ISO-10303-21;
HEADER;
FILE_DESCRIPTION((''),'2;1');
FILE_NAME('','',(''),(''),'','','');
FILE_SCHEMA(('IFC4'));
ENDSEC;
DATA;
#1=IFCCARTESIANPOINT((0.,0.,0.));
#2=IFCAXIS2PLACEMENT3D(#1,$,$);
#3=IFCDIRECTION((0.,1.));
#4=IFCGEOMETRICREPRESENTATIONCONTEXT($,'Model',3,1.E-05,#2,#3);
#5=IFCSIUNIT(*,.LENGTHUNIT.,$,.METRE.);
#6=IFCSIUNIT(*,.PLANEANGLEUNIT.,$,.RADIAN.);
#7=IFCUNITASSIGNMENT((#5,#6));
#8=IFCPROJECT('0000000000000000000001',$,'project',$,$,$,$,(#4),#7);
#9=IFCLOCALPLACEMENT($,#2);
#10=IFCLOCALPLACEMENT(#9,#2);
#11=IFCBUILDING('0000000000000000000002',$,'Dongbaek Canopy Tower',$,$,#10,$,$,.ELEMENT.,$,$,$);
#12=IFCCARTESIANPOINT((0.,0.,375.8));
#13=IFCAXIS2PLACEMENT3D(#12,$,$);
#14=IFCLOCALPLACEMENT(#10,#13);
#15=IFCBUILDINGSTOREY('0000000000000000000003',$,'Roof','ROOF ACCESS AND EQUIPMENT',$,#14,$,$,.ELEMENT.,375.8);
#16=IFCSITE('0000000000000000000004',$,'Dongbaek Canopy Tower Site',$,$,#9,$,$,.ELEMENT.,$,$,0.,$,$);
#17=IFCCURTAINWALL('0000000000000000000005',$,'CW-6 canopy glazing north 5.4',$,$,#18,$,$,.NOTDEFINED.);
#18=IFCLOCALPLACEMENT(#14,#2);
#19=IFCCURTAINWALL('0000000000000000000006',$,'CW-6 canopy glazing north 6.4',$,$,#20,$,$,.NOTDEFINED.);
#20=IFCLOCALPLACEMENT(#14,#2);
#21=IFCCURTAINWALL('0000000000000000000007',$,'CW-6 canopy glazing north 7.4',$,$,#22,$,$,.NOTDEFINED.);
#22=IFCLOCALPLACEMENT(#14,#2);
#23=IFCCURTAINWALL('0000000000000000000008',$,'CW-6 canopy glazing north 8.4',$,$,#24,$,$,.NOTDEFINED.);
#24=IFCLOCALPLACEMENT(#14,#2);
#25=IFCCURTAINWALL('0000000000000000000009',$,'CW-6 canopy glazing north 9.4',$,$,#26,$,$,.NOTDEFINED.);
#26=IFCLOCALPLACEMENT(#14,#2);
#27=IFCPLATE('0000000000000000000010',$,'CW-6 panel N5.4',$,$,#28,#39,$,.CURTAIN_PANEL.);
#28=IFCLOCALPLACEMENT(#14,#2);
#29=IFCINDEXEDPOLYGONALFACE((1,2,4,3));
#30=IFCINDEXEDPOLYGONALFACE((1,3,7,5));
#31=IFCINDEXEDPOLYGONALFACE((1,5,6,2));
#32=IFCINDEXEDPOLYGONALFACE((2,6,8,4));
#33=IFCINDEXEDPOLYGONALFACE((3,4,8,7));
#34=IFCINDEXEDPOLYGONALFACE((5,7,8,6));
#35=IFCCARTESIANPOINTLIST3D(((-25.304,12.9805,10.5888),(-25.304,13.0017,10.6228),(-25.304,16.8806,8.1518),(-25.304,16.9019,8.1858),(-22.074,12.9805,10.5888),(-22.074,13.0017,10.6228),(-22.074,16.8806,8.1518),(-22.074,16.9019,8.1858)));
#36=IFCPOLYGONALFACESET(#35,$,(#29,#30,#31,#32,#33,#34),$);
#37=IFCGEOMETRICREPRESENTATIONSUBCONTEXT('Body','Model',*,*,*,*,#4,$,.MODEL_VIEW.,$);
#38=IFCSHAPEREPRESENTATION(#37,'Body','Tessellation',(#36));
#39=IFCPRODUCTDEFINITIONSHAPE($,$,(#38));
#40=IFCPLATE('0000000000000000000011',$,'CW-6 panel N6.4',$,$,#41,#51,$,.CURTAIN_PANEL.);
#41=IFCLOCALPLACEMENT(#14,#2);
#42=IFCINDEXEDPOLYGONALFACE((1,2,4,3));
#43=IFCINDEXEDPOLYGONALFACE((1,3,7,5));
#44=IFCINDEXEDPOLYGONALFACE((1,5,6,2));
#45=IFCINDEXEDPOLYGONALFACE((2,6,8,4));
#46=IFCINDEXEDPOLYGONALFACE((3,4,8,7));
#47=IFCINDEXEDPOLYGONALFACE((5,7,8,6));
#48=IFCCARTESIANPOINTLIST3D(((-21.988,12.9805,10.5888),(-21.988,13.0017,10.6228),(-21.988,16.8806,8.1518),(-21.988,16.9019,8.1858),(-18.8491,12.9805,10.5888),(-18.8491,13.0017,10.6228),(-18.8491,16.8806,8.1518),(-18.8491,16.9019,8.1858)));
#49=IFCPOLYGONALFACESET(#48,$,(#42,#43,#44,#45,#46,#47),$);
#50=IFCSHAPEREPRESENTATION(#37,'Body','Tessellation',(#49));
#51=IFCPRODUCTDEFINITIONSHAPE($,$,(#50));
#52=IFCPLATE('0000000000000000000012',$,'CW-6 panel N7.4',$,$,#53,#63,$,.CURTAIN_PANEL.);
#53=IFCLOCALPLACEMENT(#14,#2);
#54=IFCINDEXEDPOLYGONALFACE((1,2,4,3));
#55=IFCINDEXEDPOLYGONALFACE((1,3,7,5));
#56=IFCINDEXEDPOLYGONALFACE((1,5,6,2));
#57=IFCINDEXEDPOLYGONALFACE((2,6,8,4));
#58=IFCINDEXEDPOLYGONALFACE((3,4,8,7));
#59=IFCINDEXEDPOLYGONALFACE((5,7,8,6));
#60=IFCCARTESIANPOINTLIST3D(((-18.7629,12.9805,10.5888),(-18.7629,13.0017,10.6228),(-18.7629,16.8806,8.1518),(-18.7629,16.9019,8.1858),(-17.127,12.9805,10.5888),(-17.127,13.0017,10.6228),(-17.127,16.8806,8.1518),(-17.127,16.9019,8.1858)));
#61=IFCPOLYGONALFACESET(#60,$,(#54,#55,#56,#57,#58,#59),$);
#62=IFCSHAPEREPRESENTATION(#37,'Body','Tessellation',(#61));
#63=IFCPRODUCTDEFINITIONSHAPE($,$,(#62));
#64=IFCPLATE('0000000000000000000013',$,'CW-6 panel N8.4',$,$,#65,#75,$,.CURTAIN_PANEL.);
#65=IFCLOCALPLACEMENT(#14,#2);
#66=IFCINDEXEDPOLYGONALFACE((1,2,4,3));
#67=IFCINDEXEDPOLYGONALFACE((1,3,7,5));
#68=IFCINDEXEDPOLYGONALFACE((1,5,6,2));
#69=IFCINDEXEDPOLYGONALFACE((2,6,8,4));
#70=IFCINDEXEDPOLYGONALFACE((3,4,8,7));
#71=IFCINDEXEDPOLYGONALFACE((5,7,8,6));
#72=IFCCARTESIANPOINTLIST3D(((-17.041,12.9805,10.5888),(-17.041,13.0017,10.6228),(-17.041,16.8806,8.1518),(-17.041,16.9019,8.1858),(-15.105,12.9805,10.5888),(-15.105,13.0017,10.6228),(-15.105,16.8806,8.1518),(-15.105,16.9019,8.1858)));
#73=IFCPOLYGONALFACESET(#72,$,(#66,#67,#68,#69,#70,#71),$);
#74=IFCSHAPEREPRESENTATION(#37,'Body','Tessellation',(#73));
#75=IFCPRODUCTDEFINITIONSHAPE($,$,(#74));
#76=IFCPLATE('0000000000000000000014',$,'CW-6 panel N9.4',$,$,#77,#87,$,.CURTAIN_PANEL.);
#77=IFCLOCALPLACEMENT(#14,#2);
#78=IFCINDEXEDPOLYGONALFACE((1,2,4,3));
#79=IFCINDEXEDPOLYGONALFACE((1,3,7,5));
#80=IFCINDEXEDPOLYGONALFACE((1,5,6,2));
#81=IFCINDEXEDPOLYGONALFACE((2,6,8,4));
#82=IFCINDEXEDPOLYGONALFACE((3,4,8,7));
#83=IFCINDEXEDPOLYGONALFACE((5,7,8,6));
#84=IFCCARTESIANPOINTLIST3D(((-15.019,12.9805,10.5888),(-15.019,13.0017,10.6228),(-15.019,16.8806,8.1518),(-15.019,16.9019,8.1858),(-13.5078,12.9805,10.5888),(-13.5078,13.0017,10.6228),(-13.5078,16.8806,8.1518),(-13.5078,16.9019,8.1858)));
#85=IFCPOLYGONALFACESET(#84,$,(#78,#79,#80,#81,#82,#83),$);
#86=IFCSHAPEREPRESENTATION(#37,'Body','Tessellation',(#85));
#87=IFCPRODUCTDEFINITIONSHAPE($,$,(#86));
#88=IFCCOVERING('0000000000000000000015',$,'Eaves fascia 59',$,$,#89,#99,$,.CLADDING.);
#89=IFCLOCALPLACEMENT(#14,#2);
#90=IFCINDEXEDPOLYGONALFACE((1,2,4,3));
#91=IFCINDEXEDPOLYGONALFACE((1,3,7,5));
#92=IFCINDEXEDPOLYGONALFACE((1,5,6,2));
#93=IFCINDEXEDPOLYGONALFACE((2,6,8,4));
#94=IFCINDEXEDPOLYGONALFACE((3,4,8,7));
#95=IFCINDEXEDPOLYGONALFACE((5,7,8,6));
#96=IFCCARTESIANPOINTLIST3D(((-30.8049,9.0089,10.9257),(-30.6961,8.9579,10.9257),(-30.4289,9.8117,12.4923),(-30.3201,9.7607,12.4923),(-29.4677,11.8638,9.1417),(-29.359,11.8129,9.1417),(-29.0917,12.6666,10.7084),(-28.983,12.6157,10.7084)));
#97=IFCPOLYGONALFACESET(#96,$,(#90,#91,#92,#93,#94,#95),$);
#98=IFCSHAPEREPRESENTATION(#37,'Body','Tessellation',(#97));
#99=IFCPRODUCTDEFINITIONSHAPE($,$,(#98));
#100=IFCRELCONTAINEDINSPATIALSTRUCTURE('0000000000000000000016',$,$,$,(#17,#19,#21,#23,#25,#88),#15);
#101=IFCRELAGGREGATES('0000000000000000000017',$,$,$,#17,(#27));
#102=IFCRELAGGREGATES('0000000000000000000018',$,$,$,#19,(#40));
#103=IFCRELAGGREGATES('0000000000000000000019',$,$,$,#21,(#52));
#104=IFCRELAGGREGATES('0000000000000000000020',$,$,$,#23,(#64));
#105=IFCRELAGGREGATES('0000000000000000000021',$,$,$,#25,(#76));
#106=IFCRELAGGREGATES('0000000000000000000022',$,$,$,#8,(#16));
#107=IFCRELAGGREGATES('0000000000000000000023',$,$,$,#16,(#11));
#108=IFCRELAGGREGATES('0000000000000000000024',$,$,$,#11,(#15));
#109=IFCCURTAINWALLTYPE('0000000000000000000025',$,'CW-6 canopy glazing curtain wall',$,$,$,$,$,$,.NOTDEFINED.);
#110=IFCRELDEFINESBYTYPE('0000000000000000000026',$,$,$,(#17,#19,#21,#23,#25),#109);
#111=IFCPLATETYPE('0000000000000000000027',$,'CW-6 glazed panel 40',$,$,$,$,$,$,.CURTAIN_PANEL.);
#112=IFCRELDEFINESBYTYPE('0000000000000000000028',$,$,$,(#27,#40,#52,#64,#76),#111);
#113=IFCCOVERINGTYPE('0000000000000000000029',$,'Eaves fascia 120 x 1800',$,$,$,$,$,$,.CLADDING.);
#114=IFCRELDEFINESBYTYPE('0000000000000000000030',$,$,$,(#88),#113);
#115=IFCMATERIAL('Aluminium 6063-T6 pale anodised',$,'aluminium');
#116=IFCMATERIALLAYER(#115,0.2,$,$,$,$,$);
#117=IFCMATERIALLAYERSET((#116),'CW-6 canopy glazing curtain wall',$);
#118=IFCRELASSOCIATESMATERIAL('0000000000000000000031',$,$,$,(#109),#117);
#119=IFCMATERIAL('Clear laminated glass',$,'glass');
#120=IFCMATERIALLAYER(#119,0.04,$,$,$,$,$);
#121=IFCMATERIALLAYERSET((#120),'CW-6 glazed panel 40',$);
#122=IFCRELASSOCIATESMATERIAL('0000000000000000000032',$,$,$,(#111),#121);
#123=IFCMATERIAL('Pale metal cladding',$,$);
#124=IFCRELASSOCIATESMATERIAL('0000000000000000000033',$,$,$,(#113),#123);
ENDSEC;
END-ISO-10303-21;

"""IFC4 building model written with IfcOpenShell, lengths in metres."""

from ifc_helpers import new_model, si_unit, direction, frame, origin, origin_2d, place, context, subcontext, project, spatial, polyline, rectangle, outline, extrude, material, layer, layer_set, material_profile, profile_set, type_object, element, aggregate, save


model = new_model("IFC4")

# Units and contexts
model_context = context("Model", 3, precision=1e-05, world=origin(), true_north=direction((0.0, 1.0)))
body_context = subcontext(model_context, "Body", "Model", "MODEL_VIEW")
ifc_project = project(units=[si_unit("LENGTHUNIT", "METRE"), si_unit("PLANEANGLEUNIT", "RADIAN")], contexts=[model_context])

# Site, building, storey
site_placement = place(None, origin())
site = spatial("IfcSite", under=ifc_project, at=site_placement, Name="Dongbaek Canopy Tower Site", CompositionType="ELEMENT", RefElevation=0.0)
building_placement = place(site_placement, origin())
building = spatial("IfcBuilding", under=site, at=building_placement, Name="Dongbaek Canopy Tower", CompositionType="ELEMENT")
storey_placement = place(building_placement, frame((0.0, 0.0, 375.8)))
storey = spatial("IfcBuildingStorey", under=building, at=storey_placement, Name="Roof", Description="ROOF ACCESS AND EQUIPMENT", CompositionType="ELEMENT", Elevation=375.8)

# Curtain walls
ifc_material_1 = material(Name="Aluminium 6063-T6 pale anodised", Category="aluminium")
ifc_layer_1 = layer(ifc_material_1, 0.2)
ifc_layer_set_1 = layer_set([ifc_layer_1], Name="CW-6 canopy glazing curtain wall")
curtain_wall_type = type_object("IfcCurtainWallType", Name="CW-6 canopy glazing curtain wall", PredefinedType="NOTDEFINED", material=ifc_layer_set_1)
curtain_wall_1_placement = place(storey_placement, origin())
curtain_wall_1 = element("IfcCurtainWall", 1, at=curtain_wall_1_placement, inside=storey, type_object=curtain_wall_type, Name="CW-6 canopy glazing north 5.4", PredefinedType="NOTDEFINED")
curtain_wall_2_placement = place(storey_placement, origin())
curtain_wall_2 = element("IfcCurtainWall", 2, at=curtain_wall_2_placement, inside=storey, type_object=curtain_wall_type, Name="CW-6 canopy glazing north 6.4", PredefinedType="NOTDEFINED")
curtain_wall_3_placement = place(storey_placement, origin())
curtain_wall_3 = element("IfcCurtainWall", 3, at=curtain_wall_3_placement, inside=storey, type_object=curtain_wall_type, Name="CW-6 canopy glazing north 7.4", PredefinedType="NOTDEFINED")
curtain_wall_4_placement = place(storey_placement, origin())
curtain_wall_4 = element("IfcCurtainWall", 4, at=curtain_wall_4_placement, inside=storey, type_object=curtain_wall_type, Name="CW-6 canopy glazing north 8.4", PredefinedType="NOTDEFINED")
curtain_wall_5_placement = place(storey_placement, origin())
curtain_wall_5 = element("IfcCurtainWall", 5, at=curtain_wall_5_placement, inside=storey, type_object=curtain_wall_type, Name="CW-6 canopy glazing north 9.4", PredefinedType="NOTDEFINED")

# Shared definitions
ifc_material_2 = material(Name="Clear laminated glass", Category="glass")
ifc_layer_2 = layer(ifc_material_2, 0.04)
ifc_layer_set_2 = layer_set([ifc_layer_2], Name="CW-6 glazed panel 40")
plate_type = type_object("IfcPlateType", Name="CW-6 glazed panel 40", PredefinedType="CURTAIN_PANEL", material=ifc_layer_set_2)

# Plates
plate_1_placement = place(storey_placement, frame((-22.074, 13.0017, 10.6228), z_axis=(0.0, 0.529908, 0.848055), x_axis=(-1.0, 0.0, 0.0)))
plate_1 = element("IfcPlate", 6, at=plate_1_placement, type_object=plate_type, Name="CW-6 panel N5.4", PredefinedType="CURTAIN_PANEL", context=body_context, shape_type="SweptSolid", body=[
    extrude(outline(polyline([(0.0, 0.0), (3.23, 0.0), (3.23, -4.5989), (0.0, -4.5989), (0.0, 0.0)])), origin(), (0.0, 0.0, -1.0), 0.04),
])
aggregate(curtain_wall_1, [plate_1])
plate_2_placement = place(storey_placement, frame((-18.8491, 13.0017, 10.6228), z_axis=(0.0, 0.529908, 0.848055), x_axis=(-1.0, 0.0, 0.0)))
plate_2 = element("IfcPlate", 7, at=plate_2_placement, type_object=plate_type, Name="CW-6 panel N6.4", PredefinedType="CURTAIN_PANEL", context=body_context, shape_type="SweptSolid", body=[
    extrude(outline(polyline([(0.0, 0.0), (3.1389, 0.0), (3.1389, -4.5989), (0.0, -4.5989), (0.0, 0.0)])), origin(), (0.0, 0.0, -1.0), 0.04),
])
aggregate(curtain_wall_2, [plate_2])
plate_3_placement = place(storey_placement, frame((-17.127, 13.0017, 10.6228), z_axis=(0.0, 0.529908, 0.848055), x_axis=(-1.0, 0.0, 0.0)))
plate_3 = element("IfcPlate", 8, at=plate_3_placement, type_object=plate_type, Name="CW-6 panel N7.4", PredefinedType="CURTAIN_PANEL", context=body_context, shape_type="SweptSolid", body=[
    extrude(outline(polyline([(0.0, 0.0), (1.636, 0.0), (1.636, -4.5989), (0.0, -4.5989), (0.0, 0.0)])), origin(), (0.0, 0.0, -1.0), 0.04),
])
aggregate(curtain_wall_3, [plate_3])
plate_4_placement = place(storey_placement, frame((-15.105, 13.0017, 10.6228), z_axis=(0.0, 0.529908, 0.848055), x_axis=(-1.0, 0.0, 0.0)))
plate_4 = element("IfcPlate", 9, at=plate_4_placement, type_object=plate_type, Name="CW-6 panel N8.4", PredefinedType="CURTAIN_PANEL", context=body_context, shape_type="SweptSolid", body=[
    extrude(outline(polyline([(0.0, 0.0), (1.936, 0.0), (1.936, -4.5989), (0.0, -4.5989), (0.0, 0.0)])), origin(), (0.0, 0.0, -1.0), 0.04),
])
aggregate(curtain_wall_4, [plate_4])
plate_5_placement = place(storey_placement, frame((-13.5078, 13.0017, 10.6228), z_axis=(0.0, 0.529908, 0.848055), x_axis=(-1.0, 0.0, 0.0)))
plate_5 = element("IfcPlate", 10, at=plate_5_placement, type_object=plate_type, Name="CW-6 panel N9.4", PredefinedType="CURTAIN_PANEL", context=body_context, shape_type="SweptSolid", body=[
    extrude(outline(polyline([(0.0, 0.0), (1.5112, 0.0), (1.5112, -4.5989), (0.0, -4.5989), (0.0, 0.0)])), origin(), (0.0, 0.0, -1.0), 0.04),
])
aggregate(curtain_wall_5, [plate_5])

# Covering
ifc_material_3 = material(Name="Pale metal cladding")
ifc_material_profile_1 = material_profile(ifc_material_3, rectangle(XDim=0.1201, YDim=1.8, at=origin_2d()), Name="Eaves fascia 120 x 1800")
ifc_profile_set_1 = profile_set([ifc_material_profile_1], Name="Pale metal cladding")
covering_type = type_object("IfcCoveringType", Name="Eaves fascia 120 x 1800", PredefinedType="CLADDING", material=ifc_profile_set_1)
covering_placement = place(storey_placement, frame((-29.2253, 12.2397, 9.925), z_axis=(-0.369142, -0.78816, 0.492482), x_axis=(0.905595, -0.424144, 0.0)))
element("IfcCovering", 11, at=covering_placement, inside=storey, type_object=covering_type, Name="Eaves fascia 59", PredefinedType="CLADDING", context=body_context, shape_type="SweptSolid", body=[
    extrude(rectangle(XDim=0.1201, YDim=1.8, at=origin_2d()), origin(), (0.0, 0.0, 1.0), 3.6223),
])

save(model, "model.ifc")
